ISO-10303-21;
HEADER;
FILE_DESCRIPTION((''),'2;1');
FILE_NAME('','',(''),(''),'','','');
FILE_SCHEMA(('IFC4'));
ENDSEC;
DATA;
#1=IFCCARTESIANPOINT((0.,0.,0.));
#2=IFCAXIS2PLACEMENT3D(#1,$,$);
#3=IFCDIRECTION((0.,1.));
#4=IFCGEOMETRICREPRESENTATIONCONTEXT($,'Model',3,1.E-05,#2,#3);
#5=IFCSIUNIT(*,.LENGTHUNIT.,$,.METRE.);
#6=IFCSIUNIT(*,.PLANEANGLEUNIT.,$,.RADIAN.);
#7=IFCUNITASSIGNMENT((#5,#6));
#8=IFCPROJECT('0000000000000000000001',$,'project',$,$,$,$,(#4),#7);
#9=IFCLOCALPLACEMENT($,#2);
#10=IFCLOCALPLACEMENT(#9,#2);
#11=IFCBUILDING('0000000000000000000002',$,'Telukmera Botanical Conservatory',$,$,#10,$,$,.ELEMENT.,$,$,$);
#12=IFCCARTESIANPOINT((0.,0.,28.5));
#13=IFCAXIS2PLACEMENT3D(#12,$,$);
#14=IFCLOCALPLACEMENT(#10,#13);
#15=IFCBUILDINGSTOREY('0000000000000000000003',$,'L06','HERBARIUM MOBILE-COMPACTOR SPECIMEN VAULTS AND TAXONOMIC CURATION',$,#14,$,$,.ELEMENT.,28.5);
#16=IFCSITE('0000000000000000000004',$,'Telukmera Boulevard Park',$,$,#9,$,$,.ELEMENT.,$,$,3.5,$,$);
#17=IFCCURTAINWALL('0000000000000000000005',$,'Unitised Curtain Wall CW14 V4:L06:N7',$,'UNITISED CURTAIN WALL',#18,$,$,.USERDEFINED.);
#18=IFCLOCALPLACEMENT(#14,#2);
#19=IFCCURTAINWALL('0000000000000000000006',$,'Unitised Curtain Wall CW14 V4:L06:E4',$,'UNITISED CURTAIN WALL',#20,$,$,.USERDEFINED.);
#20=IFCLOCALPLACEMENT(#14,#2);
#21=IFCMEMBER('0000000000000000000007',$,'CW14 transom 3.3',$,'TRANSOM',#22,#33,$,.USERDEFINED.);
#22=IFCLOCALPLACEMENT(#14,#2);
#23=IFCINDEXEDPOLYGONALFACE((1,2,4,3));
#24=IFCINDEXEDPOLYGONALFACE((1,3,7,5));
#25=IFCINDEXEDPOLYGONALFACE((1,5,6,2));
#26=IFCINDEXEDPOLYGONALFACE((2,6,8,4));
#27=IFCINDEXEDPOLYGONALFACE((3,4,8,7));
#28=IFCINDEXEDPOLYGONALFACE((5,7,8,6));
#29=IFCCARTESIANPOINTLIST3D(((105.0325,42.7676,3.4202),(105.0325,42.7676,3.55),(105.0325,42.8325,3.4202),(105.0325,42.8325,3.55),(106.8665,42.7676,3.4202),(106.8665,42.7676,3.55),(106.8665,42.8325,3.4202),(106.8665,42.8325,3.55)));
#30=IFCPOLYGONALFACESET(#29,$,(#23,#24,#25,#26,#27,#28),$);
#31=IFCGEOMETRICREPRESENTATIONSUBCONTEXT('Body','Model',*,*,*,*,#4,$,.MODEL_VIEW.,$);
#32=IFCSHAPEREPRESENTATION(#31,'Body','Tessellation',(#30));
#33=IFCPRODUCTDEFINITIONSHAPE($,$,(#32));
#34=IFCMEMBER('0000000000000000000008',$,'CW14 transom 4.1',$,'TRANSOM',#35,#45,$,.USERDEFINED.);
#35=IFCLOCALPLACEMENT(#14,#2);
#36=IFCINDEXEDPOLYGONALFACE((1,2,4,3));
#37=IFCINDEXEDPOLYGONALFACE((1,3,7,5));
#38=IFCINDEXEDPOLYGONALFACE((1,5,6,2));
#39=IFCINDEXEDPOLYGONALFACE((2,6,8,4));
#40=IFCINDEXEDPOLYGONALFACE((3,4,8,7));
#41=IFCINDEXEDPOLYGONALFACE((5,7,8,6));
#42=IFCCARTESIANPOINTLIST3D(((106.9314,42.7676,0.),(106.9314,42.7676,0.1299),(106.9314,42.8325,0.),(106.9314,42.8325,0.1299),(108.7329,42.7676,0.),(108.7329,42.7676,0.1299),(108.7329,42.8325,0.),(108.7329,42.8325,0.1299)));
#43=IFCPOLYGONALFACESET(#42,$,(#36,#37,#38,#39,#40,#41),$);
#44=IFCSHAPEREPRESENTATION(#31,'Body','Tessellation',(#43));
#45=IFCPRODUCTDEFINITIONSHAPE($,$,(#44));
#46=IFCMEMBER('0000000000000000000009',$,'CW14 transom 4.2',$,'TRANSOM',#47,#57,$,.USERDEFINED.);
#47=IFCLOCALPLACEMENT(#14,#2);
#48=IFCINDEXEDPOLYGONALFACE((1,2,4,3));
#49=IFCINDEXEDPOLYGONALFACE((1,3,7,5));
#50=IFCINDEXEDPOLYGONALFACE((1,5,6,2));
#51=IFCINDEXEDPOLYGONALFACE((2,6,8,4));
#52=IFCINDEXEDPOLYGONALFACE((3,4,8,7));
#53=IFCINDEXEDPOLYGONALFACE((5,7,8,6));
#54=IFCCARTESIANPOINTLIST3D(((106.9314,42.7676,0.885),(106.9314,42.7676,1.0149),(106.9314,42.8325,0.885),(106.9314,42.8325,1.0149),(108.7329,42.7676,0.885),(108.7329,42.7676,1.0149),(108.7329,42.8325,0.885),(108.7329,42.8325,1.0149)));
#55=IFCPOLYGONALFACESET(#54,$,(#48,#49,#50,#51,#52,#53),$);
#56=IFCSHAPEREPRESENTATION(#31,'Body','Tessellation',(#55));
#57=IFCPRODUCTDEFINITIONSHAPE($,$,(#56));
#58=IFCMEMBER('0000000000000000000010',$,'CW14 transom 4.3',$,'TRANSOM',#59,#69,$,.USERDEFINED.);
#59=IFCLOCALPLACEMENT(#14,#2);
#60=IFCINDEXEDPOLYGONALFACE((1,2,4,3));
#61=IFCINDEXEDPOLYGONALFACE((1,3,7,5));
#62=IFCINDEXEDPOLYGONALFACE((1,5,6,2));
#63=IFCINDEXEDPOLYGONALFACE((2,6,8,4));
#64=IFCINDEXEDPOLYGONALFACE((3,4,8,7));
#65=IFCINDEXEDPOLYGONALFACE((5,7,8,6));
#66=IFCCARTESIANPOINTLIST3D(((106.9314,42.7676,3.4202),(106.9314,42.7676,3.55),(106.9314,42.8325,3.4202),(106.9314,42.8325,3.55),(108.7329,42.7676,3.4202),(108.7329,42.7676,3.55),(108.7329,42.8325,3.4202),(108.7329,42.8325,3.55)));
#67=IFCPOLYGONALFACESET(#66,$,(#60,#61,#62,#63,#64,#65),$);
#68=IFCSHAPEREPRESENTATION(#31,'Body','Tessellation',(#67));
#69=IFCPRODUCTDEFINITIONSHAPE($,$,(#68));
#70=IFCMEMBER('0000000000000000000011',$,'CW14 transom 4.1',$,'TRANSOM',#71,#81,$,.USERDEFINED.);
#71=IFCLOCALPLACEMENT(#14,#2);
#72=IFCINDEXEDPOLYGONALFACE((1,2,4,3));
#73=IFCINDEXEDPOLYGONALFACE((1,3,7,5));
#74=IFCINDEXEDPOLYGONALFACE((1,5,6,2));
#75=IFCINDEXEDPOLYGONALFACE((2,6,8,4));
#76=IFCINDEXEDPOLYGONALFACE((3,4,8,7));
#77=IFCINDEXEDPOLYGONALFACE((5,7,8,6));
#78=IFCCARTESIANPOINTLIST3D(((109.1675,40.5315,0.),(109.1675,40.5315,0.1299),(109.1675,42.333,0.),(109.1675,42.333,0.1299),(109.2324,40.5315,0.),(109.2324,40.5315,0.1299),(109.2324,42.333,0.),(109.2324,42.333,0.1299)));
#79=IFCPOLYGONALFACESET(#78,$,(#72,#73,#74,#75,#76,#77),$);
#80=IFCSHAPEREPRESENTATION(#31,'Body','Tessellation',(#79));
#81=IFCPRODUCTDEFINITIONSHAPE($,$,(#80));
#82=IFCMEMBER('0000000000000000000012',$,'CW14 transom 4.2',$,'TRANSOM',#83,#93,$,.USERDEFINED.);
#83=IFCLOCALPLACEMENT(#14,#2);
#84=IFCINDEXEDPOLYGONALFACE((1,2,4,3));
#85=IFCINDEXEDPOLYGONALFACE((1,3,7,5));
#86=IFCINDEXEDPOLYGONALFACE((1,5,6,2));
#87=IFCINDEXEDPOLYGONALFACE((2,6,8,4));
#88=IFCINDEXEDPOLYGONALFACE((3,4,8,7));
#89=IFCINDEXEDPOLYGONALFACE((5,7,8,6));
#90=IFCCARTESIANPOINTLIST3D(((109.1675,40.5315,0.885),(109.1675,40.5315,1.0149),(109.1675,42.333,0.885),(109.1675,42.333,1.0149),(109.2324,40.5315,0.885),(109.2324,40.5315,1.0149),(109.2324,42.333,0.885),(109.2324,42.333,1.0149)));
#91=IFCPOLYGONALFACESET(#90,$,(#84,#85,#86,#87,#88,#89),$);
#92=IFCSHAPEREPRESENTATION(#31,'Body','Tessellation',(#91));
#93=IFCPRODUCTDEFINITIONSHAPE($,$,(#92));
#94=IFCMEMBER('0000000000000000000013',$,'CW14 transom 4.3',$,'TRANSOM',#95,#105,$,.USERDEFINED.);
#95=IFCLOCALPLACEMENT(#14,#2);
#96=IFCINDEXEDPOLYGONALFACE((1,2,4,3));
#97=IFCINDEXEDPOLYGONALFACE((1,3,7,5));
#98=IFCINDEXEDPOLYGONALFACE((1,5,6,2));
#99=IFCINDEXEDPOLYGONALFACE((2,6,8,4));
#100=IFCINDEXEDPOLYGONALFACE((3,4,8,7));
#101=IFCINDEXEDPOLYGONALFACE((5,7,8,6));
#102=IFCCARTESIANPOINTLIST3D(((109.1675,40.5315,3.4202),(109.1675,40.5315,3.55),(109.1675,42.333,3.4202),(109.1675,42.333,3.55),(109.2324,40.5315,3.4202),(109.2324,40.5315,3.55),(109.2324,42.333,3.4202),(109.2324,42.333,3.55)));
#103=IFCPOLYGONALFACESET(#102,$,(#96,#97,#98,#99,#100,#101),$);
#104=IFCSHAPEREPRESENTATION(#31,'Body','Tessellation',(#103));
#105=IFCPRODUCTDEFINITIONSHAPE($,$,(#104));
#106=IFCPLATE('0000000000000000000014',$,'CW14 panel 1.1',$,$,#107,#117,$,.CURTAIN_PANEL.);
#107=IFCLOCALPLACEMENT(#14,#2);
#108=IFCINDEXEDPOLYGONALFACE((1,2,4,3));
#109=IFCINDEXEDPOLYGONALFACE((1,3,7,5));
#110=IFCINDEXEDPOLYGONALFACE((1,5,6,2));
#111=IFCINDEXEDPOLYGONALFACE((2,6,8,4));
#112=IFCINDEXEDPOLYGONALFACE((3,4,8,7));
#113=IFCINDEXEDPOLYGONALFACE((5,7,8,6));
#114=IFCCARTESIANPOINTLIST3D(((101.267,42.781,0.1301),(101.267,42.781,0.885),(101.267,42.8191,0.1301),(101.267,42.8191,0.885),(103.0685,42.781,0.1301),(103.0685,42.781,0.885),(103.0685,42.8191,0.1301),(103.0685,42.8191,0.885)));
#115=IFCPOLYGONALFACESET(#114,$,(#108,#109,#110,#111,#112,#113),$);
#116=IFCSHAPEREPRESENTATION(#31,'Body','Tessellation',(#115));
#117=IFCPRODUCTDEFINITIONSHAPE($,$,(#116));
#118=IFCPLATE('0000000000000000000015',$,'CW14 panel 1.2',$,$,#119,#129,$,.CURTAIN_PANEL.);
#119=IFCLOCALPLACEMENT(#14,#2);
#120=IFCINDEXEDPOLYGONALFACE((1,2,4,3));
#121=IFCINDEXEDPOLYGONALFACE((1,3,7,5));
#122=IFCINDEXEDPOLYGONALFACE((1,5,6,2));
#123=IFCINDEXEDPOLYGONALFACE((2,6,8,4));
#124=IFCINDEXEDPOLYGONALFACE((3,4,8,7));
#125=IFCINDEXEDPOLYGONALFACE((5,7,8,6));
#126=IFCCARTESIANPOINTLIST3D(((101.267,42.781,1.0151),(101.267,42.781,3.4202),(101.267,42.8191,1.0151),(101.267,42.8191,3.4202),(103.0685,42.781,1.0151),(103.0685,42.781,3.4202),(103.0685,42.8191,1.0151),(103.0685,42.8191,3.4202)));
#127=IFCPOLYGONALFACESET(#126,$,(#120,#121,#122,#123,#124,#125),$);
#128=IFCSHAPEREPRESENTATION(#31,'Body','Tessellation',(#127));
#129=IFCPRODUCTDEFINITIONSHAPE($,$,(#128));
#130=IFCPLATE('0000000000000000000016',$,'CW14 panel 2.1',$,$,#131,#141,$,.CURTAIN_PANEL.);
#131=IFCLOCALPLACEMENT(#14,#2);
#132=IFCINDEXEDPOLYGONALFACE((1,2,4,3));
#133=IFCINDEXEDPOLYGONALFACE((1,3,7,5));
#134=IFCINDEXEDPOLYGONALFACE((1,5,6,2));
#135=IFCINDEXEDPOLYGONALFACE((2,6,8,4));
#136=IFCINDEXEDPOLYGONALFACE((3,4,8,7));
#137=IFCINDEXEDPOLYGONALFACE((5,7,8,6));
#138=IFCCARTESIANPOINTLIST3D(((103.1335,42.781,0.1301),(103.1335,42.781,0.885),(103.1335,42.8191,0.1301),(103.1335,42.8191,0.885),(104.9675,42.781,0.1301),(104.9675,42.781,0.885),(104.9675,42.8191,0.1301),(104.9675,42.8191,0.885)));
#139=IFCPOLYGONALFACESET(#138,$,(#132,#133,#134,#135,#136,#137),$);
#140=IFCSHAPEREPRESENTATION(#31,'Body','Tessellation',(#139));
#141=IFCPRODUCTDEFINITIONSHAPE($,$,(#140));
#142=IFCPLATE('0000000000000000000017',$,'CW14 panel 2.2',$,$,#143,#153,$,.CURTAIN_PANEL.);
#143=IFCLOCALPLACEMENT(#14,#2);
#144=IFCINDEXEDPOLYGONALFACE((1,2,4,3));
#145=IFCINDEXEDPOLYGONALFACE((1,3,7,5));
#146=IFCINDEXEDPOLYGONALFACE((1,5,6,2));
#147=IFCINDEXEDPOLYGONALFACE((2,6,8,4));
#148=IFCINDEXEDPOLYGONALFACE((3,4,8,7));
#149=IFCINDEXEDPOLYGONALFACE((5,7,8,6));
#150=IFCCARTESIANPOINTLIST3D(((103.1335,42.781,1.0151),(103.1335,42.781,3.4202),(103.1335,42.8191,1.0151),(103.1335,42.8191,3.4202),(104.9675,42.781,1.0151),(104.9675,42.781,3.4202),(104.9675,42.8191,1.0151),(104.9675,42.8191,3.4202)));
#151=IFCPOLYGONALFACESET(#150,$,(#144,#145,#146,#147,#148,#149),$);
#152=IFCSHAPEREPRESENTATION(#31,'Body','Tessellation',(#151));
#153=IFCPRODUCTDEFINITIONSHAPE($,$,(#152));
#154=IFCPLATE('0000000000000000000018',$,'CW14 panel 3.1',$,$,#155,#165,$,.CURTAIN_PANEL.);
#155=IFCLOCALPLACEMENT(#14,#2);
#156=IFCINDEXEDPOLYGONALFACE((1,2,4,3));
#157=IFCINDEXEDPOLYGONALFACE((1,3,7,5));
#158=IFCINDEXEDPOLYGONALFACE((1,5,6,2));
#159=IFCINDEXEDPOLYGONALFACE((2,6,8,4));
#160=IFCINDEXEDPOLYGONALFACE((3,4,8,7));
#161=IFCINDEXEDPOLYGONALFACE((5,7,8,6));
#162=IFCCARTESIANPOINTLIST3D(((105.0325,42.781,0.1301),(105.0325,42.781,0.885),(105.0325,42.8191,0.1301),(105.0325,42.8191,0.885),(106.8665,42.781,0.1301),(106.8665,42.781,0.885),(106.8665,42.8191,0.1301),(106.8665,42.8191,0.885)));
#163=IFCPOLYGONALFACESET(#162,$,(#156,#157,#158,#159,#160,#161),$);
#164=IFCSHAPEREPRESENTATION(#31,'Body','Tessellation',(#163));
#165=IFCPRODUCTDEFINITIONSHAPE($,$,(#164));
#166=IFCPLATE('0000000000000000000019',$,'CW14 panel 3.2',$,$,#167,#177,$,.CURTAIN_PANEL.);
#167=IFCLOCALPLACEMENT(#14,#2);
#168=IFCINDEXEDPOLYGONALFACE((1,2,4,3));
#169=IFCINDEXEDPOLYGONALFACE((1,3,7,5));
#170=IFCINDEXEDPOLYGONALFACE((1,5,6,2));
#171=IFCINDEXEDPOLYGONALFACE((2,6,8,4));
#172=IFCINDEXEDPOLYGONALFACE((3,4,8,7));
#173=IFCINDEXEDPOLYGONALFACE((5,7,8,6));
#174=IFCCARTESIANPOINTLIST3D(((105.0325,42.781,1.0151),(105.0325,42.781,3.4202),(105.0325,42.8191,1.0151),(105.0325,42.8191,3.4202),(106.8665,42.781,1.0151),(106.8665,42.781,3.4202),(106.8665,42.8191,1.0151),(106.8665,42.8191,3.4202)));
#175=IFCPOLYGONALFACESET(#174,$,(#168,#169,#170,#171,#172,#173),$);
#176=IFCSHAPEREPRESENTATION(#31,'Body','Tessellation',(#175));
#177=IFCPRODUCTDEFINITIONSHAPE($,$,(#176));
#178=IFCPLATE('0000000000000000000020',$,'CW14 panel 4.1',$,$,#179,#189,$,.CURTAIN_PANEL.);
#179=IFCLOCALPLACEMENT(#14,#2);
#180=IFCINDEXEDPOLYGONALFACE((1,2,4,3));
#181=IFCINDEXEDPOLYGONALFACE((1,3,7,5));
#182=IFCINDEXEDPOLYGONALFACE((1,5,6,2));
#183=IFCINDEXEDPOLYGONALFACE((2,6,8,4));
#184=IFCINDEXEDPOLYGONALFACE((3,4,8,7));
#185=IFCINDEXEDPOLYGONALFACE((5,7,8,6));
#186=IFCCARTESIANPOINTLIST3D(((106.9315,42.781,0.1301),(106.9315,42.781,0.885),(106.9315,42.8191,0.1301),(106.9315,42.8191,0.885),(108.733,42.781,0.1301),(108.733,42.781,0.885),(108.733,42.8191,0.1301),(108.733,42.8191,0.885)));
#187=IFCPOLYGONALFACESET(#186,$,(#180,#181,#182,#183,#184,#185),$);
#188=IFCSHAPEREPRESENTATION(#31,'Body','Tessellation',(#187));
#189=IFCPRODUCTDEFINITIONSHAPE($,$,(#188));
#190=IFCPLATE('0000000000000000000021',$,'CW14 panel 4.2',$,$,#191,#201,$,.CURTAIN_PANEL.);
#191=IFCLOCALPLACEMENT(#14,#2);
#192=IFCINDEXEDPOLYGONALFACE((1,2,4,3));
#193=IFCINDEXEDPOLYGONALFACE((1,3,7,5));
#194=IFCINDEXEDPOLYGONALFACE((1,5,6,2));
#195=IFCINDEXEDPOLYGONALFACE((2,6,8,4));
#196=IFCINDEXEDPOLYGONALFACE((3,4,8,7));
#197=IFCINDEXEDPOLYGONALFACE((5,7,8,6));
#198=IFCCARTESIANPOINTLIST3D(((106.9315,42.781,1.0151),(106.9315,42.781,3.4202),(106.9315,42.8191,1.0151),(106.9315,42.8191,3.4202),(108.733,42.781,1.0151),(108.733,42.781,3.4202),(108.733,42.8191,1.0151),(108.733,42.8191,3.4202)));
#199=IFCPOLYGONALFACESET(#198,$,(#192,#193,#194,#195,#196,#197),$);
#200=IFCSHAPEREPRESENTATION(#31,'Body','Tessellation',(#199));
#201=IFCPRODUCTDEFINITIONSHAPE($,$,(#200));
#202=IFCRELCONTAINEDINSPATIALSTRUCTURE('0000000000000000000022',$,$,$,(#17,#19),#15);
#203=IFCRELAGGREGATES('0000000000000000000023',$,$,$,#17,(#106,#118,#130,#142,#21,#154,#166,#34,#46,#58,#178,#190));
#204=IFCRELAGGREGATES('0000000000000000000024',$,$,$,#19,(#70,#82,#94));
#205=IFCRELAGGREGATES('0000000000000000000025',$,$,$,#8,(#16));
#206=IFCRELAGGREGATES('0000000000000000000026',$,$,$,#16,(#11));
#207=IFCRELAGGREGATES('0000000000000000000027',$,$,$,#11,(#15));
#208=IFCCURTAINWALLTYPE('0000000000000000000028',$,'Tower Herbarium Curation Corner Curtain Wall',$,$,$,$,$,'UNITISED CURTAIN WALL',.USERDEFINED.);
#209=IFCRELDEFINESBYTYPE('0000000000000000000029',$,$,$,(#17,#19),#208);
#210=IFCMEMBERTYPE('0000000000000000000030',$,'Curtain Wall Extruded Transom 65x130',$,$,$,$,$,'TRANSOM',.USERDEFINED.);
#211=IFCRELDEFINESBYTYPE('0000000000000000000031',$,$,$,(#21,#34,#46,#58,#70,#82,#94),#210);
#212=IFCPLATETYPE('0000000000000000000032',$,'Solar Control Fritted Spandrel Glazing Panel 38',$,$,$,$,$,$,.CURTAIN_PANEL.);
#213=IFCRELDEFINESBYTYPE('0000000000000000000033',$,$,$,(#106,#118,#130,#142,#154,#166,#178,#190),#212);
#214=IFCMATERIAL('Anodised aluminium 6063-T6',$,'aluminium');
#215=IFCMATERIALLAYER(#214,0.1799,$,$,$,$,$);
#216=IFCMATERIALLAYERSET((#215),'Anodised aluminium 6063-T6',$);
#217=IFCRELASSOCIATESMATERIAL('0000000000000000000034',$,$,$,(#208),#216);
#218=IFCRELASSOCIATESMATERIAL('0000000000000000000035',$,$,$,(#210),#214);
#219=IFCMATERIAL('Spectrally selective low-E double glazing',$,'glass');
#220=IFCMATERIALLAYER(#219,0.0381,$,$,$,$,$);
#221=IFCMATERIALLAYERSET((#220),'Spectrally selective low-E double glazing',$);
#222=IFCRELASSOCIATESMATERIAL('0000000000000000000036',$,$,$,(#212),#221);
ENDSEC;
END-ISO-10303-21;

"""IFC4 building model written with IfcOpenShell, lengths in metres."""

from ifc_helpers import new_model, si_unit, direction, frame, origin, origin_2d, place, context, subcontext, project, spatial, rectangle, extrude, material, layer, layer_set, material_profile, profile_set, type_object, element, aggregate, save


model = new_model("IFC4")

# Units and contexts
model_context = context("Model", 3, precision=1e-05, world=origin(), true_north=direction((0.0, 1.0)))
body_context = subcontext(model_context, "Body", "Model", "MODEL_VIEW")
ifc_project = project(units=[si_unit("LENGTHUNIT", "METRE"), si_unit("PLANEANGLEUNIT", "RADIAN")], contexts=[model_context])

# Site, building, storey
site_placement = place(None, origin())
site = spatial("IfcSite", under=ifc_project, at=site_placement, Name="Telukmera Boulevard Park", CompositionType="ELEMENT", RefElevation=3.5)
building_placement = place(site_placement, origin())
building = spatial("IfcBuilding", under=site, at=building_placement, Name="Telukmera Botanical Conservatory", CompositionType="ELEMENT")
storey_placement = place(building_placement, frame((0.0, 0.0, 28.5)))
storey = spatial("IfcBuildingStorey", under=building, at=storey_placement, Name="L06", Description="HERBARIUM MOBILE-COMPACTOR SPECIMEN VAULTS AND TAXONOMIC CURATION", CompositionType="ELEMENT", Elevation=28.5)

# Curtain wall
ifc_material_1 = material(Name="Anodised aluminium 6063-T6", Category="aluminium")
ifc_layer_1 = layer(ifc_material_1, 0.1799)
ifc_layer_set_1 = layer_set([ifc_layer_1], Name="Anodised aluminium 6063-T6")
curtain_wall_type = type_object("IfcCurtainWallType", Name="Tower Herbarium Curation Corner Curtain Wall", ElementType="UNITISED CURTAIN WALL", PredefinedType="USERDEFINED", material=ifc_layer_set_1)
curtain_wall_1_placement = place(storey_placement, origin())
curtain_wall_1 = element("IfcCurtainWall", 1, at=curtain_wall_1_placement, inside=storey, type_object=curtain_wall_type, Name="Unitised Curtain Wall CW14 V4:L06:N7", ObjectType="UNITISED CURTAIN WALL", PredefinedType="USERDEFINED")

# Curtain wall
curtain_wall_2_placement = place(storey_placement, origin())
curtain_wall_2 = element("IfcCurtainWall", 2, at=curtain_wall_2_placement, inside=storey, type_object=curtain_wall_type, Name="Unitised Curtain Wall CW14 V4:L06:E4", ObjectType="UNITISED CURTAIN WALL", PredefinedType="USERDEFINED")

# Members
ifc_material_profile_1 = material_profile(ifc_material_1, rectangle(XDim=0.0649, YDim=0.1299, at=origin_2d()), Name="ALU TRAN 65x130")
ifc_profile_set_1 = profile_set([ifc_material_profile_1], Name="Anodised aluminium 6063-T6")
member_type_1 = type_object("IfcMemberType", Name="Curtain Wall Extruded Transom 65x130", ElementType="TRANSOM", PredefinedType="USERDEFINED", material=ifc_profile_set_1)
member_1_placement = place(storey_placement, frame((105.0325, 42.8, 3.4851), z_axis=(1.0, 0.0, 0.0), x_axis=(0.0, 1.0, 0.0)))
member_1 = element("IfcMember", 3, at=member_1_placement, type_object=member_type_1, Name="CW14 transom 3.3", ObjectType="TRANSOM", PredefinedType="USERDEFINED", context=body_context, shape_type="SweptSolid", body=[
    extrude(rectangle(XDim=0.0649, YDim=0.1299, at=origin_2d()), origin(), (0.0, 0.0, 1.0), 1.834),
])
member_2_placement = place(storey_placement, frame((106.9314, 42.8, 0.0649), z_axis=(1.0, 0.0, 0.0), x_axis=(0.0, 1.0, 0.0)))
member_2 = element("IfcMember", 4, at=member_2_placement, type_object=member_type_1, Name="CW14 transom 4.1", ObjectType="TRANSOM", PredefinedType="USERDEFINED", context=body_context, shape_type="SweptSolid", body=[
    extrude(rectangle(XDim=0.0649, YDim=0.1299, at=origin_2d()), origin(), (0.0, 0.0, 1.0), 1.8015),
])
member_3_placement = place(storey_placement, frame((106.9314, 42.8, 0.95), z_axis=(1.0, 0.0, 0.0), x_axis=(0.0, 1.0, 0.0)))
member_3 = element("IfcMember", 5, at=member_3_placement, type_object=member_type_1, Name="CW14 transom 4.2", ObjectType="TRANSOM", PredefinedType="USERDEFINED", context=body_context, shape_type="SweptSolid", body=[
    extrude(rectangle(XDim=0.0649, YDim=0.1299, at=origin_2d()), origin(), (0.0, 0.0, 1.0), 1.8015),
])
member_4_placement = place(storey_placement, frame((106.9314, 42.8, 3.4851), z_axis=(1.0, 0.0, 0.0), x_axis=(0.0, 1.0, 0.0)))
member_4 = element("IfcMember", 6, at=member_4_placement, type_object=member_type_1, Name="CW14 transom 4.3", ObjectType="TRANSOM", PredefinedType="USERDEFINED", context=body_context, shape_type="SweptSolid", body=[
    extrude(rectangle(XDim=0.0649, YDim=0.1299, at=origin_2d()), origin(), (0.0, 0.0, 1.0), 1.8015),
])
member_5_placement = place(storey_placement, frame((109.2, 40.5315, 0.0649), z_axis=(0.0, 1.0, 0.0), x_axis=(-1.0, 0.0, 0.0)))
member_5 = element("IfcMember", 7, at=member_5_placement, type_object=member_type_1, Name="CW14 transom 4.1", ObjectType="TRANSOM", PredefinedType="USERDEFINED", context=body_context, shape_type="SweptSolid", body=[
    extrude(rectangle(XDim=0.0649, YDim=0.1299, at=origin_2d()), origin(), (0.0, 0.0, 1.0), 1.8015),
])
member_6_placement = place(storey_placement, frame((109.2, 40.5315, 0.95), z_axis=(0.0, 1.0, 0.0), x_axis=(-1.0, 0.0, 0.0)))
member_6 = element("IfcMember", 8, at=member_6_placement, type_object=member_type_1, Name="CW14 transom 4.2", ObjectType="TRANSOM", PredefinedType="USERDEFINED", context=body_context, shape_type="SweptSolid", body=[
    extrude(rectangle(XDim=0.0649, YDim=0.1299, at=origin_2d()), origin(), (0.0, 0.0, 1.0), 1.8015),
])
member_7_placement = place(storey_placement, frame((109.2, 40.5315, 3.4851), z_axis=(0.0, 1.0, 0.0), x_axis=(-1.0, 0.0, 0.0)))
member_7 = element("IfcMember", 9, at=member_7_placement, type_object=member_type_1, Name="CW14 transom 4.3", ObjectType="TRANSOM", PredefinedType="USERDEFINED", context=body_context, shape_type="SweptSolid", body=[
    extrude(rectangle(XDim=0.0649, YDim=0.1299, at=origin_2d()), origin(), (0.0, 0.0, 1.0), 1.8015),
])

# Plates
ifc_material_2 = material(Name="Spectrally selective low-E double glazing", Category="glass")
ifc_layer_2 = layer(ifc_material_2, 0.0381)
ifc_layer_set_2 = layer_set([ifc_layer_2], Name="Spectrally selective low-E double glazing")
plate_type = type_object("IfcPlateType", Name="Solar Control Fritted Spandrel Glazing Panel 38", PredefinedType="CURTAIN_PANEL", material=ifc_layer_set_2)
plate_1_placement = place(storey_placement, frame((102.1677, 42.8, 0.1301), z_axis=(0.0, 0.0, 1.0), x_axis=(1.0, 0.0, 0.0)))
plate_1 = element("IfcPlate", 10, at=plate_1_placement, type_object=plate_type, Name="CW14 panel 1.1", PredefinedType="CURTAIN_PANEL", context=body_context, shape_type="SweptSolid", body=[
    extrude(rectangle(XDim=1.8015, YDim=0.0381, at=origin_2d()), origin(), (0.0, 0.0, 1.0), 0.7549),
])
plate_2_placement = place(storey_placement, frame((102.1677, 42.8, 1.0151), z_axis=(0.0, 0.0, 1.0), x_axis=(1.0, 0.0, 0.0)))
plate_2 = element("IfcPlate", 11, at=plate_2_placement, type_object=plate_type, Name="CW14 panel 1.2", PredefinedType="CURTAIN_PANEL", context=body_context, shape_type="SweptSolid", body=[
    extrude(rectangle(XDim=1.8015, YDim=0.0381, at=origin_2d()), origin(), (0.0, 0.0, 1.0), 2.405),
])
plate_3_placement = place(storey_placement, frame((104.0505, 42.8, 0.1301), z_axis=(0.0, 0.0, 1.0), x_axis=(1.0, 0.0, 0.0)))
plate_3 = element("IfcPlate", 12, at=plate_3_placement, type_object=plate_type, Name="CW14 panel 2.1", PredefinedType="CURTAIN_PANEL", context=body_context, shape_type="SweptSolid", body=[
    extrude(rectangle(XDim=1.834, YDim=0.0381, at=origin_2d()), origin(), (0.0, 0.0, 1.0), 0.7549),
])
plate_4_placement = place(storey_placement, frame((104.0505, 42.8, 1.0151), z_axis=(0.0, 0.0, 1.0), x_axis=(1.0, 0.0, 0.0)))
plate_4 = element("IfcPlate", 13, at=plate_4_placement, type_object=plate_type, Name="CW14 panel 2.2", PredefinedType="CURTAIN_PANEL", context=body_context, shape_type="SweptSolid", body=[
    extrude(rectangle(XDim=1.834, YDim=0.0381, at=origin_2d()), origin(), (0.0, 0.0, 1.0), 2.405),
])
plate_5_placement = place(storey_placement, frame((105.9495, 42.8, 0.1301), z_axis=(0.0, 0.0, 1.0), x_axis=(1.0, 0.0, 0.0)))
plate_5 = element("IfcPlate", 14, at=plate_5_placement, type_object=plate_type, Name="CW14 panel 3.1", PredefinedType="CURTAIN_PANEL", context=body_context, shape_type="SweptSolid", body=[
    extrude(rectangle(XDim=1.834, YDim=0.0381, at=origin_2d()), origin(), (0.0, 0.0, 1.0), 0.7549),
])
plate_6_placement = place(storey_placement, frame((105.9495, 42.8, 1.0151), z_axis=(0.0, 0.0, 1.0), x_axis=(1.0, 0.0, 0.0)))
plate_6 = element("IfcPlate", 15, at=plate_6_placement, type_object=plate_type, Name="CW14 panel 3.2", PredefinedType="CURTAIN_PANEL", context=body_context, shape_type="SweptSolid", body=[
    extrude(rectangle(XDim=1.834, YDim=0.0381, at=origin_2d()), origin(), (0.0, 0.0, 1.0), 2.405),
])
plate_7_placement = place(storey_placement, frame((107.8323, 42.8, 0.1301), z_axis=(0.0, 0.0, 1.0), x_axis=(1.0, 0.0, 0.0)))
plate_7 = element("IfcPlate", 16, at=plate_7_placement, type_object=plate_type, Name="CW14 panel 4.1", PredefinedType="CURTAIN_PANEL", context=body_context, shape_type="SweptSolid", body=[
    extrude(rectangle(XDim=1.8015, YDim=0.0381, at=origin_2d()), origin(), (0.0, 0.0, 1.0), 0.7549),
])
plate_8_placement = place(storey_placement, frame((107.8323, 42.8, 1.0151), z_axis=(0.0, 0.0, 1.0), x_axis=(1.0, 0.0, 0.0)))
plate_8 = element("IfcPlate", 17, at=plate_8_placement, type_object=plate_type, Name="CW14 panel 4.2", PredefinedType="CURTAIN_PANEL", context=body_context, shape_type="SweptSolid", body=[
    extrude(rectangle(XDim=1.8015, YDim=0.0381, at=origin_2d()), origin(), (0.0, 0.0, 1.0), 2.405),
])
aggregate(curtain_wall_1, [plate_1, plate_2, plate_3, plate_4, member_1, plate_5, plate_6, member_2, member_3, member_4, plate_7, plate_8])
aggregate(curtain_wall_2, [member_5, member_6, member_7])

save(model, "model.ifc")
